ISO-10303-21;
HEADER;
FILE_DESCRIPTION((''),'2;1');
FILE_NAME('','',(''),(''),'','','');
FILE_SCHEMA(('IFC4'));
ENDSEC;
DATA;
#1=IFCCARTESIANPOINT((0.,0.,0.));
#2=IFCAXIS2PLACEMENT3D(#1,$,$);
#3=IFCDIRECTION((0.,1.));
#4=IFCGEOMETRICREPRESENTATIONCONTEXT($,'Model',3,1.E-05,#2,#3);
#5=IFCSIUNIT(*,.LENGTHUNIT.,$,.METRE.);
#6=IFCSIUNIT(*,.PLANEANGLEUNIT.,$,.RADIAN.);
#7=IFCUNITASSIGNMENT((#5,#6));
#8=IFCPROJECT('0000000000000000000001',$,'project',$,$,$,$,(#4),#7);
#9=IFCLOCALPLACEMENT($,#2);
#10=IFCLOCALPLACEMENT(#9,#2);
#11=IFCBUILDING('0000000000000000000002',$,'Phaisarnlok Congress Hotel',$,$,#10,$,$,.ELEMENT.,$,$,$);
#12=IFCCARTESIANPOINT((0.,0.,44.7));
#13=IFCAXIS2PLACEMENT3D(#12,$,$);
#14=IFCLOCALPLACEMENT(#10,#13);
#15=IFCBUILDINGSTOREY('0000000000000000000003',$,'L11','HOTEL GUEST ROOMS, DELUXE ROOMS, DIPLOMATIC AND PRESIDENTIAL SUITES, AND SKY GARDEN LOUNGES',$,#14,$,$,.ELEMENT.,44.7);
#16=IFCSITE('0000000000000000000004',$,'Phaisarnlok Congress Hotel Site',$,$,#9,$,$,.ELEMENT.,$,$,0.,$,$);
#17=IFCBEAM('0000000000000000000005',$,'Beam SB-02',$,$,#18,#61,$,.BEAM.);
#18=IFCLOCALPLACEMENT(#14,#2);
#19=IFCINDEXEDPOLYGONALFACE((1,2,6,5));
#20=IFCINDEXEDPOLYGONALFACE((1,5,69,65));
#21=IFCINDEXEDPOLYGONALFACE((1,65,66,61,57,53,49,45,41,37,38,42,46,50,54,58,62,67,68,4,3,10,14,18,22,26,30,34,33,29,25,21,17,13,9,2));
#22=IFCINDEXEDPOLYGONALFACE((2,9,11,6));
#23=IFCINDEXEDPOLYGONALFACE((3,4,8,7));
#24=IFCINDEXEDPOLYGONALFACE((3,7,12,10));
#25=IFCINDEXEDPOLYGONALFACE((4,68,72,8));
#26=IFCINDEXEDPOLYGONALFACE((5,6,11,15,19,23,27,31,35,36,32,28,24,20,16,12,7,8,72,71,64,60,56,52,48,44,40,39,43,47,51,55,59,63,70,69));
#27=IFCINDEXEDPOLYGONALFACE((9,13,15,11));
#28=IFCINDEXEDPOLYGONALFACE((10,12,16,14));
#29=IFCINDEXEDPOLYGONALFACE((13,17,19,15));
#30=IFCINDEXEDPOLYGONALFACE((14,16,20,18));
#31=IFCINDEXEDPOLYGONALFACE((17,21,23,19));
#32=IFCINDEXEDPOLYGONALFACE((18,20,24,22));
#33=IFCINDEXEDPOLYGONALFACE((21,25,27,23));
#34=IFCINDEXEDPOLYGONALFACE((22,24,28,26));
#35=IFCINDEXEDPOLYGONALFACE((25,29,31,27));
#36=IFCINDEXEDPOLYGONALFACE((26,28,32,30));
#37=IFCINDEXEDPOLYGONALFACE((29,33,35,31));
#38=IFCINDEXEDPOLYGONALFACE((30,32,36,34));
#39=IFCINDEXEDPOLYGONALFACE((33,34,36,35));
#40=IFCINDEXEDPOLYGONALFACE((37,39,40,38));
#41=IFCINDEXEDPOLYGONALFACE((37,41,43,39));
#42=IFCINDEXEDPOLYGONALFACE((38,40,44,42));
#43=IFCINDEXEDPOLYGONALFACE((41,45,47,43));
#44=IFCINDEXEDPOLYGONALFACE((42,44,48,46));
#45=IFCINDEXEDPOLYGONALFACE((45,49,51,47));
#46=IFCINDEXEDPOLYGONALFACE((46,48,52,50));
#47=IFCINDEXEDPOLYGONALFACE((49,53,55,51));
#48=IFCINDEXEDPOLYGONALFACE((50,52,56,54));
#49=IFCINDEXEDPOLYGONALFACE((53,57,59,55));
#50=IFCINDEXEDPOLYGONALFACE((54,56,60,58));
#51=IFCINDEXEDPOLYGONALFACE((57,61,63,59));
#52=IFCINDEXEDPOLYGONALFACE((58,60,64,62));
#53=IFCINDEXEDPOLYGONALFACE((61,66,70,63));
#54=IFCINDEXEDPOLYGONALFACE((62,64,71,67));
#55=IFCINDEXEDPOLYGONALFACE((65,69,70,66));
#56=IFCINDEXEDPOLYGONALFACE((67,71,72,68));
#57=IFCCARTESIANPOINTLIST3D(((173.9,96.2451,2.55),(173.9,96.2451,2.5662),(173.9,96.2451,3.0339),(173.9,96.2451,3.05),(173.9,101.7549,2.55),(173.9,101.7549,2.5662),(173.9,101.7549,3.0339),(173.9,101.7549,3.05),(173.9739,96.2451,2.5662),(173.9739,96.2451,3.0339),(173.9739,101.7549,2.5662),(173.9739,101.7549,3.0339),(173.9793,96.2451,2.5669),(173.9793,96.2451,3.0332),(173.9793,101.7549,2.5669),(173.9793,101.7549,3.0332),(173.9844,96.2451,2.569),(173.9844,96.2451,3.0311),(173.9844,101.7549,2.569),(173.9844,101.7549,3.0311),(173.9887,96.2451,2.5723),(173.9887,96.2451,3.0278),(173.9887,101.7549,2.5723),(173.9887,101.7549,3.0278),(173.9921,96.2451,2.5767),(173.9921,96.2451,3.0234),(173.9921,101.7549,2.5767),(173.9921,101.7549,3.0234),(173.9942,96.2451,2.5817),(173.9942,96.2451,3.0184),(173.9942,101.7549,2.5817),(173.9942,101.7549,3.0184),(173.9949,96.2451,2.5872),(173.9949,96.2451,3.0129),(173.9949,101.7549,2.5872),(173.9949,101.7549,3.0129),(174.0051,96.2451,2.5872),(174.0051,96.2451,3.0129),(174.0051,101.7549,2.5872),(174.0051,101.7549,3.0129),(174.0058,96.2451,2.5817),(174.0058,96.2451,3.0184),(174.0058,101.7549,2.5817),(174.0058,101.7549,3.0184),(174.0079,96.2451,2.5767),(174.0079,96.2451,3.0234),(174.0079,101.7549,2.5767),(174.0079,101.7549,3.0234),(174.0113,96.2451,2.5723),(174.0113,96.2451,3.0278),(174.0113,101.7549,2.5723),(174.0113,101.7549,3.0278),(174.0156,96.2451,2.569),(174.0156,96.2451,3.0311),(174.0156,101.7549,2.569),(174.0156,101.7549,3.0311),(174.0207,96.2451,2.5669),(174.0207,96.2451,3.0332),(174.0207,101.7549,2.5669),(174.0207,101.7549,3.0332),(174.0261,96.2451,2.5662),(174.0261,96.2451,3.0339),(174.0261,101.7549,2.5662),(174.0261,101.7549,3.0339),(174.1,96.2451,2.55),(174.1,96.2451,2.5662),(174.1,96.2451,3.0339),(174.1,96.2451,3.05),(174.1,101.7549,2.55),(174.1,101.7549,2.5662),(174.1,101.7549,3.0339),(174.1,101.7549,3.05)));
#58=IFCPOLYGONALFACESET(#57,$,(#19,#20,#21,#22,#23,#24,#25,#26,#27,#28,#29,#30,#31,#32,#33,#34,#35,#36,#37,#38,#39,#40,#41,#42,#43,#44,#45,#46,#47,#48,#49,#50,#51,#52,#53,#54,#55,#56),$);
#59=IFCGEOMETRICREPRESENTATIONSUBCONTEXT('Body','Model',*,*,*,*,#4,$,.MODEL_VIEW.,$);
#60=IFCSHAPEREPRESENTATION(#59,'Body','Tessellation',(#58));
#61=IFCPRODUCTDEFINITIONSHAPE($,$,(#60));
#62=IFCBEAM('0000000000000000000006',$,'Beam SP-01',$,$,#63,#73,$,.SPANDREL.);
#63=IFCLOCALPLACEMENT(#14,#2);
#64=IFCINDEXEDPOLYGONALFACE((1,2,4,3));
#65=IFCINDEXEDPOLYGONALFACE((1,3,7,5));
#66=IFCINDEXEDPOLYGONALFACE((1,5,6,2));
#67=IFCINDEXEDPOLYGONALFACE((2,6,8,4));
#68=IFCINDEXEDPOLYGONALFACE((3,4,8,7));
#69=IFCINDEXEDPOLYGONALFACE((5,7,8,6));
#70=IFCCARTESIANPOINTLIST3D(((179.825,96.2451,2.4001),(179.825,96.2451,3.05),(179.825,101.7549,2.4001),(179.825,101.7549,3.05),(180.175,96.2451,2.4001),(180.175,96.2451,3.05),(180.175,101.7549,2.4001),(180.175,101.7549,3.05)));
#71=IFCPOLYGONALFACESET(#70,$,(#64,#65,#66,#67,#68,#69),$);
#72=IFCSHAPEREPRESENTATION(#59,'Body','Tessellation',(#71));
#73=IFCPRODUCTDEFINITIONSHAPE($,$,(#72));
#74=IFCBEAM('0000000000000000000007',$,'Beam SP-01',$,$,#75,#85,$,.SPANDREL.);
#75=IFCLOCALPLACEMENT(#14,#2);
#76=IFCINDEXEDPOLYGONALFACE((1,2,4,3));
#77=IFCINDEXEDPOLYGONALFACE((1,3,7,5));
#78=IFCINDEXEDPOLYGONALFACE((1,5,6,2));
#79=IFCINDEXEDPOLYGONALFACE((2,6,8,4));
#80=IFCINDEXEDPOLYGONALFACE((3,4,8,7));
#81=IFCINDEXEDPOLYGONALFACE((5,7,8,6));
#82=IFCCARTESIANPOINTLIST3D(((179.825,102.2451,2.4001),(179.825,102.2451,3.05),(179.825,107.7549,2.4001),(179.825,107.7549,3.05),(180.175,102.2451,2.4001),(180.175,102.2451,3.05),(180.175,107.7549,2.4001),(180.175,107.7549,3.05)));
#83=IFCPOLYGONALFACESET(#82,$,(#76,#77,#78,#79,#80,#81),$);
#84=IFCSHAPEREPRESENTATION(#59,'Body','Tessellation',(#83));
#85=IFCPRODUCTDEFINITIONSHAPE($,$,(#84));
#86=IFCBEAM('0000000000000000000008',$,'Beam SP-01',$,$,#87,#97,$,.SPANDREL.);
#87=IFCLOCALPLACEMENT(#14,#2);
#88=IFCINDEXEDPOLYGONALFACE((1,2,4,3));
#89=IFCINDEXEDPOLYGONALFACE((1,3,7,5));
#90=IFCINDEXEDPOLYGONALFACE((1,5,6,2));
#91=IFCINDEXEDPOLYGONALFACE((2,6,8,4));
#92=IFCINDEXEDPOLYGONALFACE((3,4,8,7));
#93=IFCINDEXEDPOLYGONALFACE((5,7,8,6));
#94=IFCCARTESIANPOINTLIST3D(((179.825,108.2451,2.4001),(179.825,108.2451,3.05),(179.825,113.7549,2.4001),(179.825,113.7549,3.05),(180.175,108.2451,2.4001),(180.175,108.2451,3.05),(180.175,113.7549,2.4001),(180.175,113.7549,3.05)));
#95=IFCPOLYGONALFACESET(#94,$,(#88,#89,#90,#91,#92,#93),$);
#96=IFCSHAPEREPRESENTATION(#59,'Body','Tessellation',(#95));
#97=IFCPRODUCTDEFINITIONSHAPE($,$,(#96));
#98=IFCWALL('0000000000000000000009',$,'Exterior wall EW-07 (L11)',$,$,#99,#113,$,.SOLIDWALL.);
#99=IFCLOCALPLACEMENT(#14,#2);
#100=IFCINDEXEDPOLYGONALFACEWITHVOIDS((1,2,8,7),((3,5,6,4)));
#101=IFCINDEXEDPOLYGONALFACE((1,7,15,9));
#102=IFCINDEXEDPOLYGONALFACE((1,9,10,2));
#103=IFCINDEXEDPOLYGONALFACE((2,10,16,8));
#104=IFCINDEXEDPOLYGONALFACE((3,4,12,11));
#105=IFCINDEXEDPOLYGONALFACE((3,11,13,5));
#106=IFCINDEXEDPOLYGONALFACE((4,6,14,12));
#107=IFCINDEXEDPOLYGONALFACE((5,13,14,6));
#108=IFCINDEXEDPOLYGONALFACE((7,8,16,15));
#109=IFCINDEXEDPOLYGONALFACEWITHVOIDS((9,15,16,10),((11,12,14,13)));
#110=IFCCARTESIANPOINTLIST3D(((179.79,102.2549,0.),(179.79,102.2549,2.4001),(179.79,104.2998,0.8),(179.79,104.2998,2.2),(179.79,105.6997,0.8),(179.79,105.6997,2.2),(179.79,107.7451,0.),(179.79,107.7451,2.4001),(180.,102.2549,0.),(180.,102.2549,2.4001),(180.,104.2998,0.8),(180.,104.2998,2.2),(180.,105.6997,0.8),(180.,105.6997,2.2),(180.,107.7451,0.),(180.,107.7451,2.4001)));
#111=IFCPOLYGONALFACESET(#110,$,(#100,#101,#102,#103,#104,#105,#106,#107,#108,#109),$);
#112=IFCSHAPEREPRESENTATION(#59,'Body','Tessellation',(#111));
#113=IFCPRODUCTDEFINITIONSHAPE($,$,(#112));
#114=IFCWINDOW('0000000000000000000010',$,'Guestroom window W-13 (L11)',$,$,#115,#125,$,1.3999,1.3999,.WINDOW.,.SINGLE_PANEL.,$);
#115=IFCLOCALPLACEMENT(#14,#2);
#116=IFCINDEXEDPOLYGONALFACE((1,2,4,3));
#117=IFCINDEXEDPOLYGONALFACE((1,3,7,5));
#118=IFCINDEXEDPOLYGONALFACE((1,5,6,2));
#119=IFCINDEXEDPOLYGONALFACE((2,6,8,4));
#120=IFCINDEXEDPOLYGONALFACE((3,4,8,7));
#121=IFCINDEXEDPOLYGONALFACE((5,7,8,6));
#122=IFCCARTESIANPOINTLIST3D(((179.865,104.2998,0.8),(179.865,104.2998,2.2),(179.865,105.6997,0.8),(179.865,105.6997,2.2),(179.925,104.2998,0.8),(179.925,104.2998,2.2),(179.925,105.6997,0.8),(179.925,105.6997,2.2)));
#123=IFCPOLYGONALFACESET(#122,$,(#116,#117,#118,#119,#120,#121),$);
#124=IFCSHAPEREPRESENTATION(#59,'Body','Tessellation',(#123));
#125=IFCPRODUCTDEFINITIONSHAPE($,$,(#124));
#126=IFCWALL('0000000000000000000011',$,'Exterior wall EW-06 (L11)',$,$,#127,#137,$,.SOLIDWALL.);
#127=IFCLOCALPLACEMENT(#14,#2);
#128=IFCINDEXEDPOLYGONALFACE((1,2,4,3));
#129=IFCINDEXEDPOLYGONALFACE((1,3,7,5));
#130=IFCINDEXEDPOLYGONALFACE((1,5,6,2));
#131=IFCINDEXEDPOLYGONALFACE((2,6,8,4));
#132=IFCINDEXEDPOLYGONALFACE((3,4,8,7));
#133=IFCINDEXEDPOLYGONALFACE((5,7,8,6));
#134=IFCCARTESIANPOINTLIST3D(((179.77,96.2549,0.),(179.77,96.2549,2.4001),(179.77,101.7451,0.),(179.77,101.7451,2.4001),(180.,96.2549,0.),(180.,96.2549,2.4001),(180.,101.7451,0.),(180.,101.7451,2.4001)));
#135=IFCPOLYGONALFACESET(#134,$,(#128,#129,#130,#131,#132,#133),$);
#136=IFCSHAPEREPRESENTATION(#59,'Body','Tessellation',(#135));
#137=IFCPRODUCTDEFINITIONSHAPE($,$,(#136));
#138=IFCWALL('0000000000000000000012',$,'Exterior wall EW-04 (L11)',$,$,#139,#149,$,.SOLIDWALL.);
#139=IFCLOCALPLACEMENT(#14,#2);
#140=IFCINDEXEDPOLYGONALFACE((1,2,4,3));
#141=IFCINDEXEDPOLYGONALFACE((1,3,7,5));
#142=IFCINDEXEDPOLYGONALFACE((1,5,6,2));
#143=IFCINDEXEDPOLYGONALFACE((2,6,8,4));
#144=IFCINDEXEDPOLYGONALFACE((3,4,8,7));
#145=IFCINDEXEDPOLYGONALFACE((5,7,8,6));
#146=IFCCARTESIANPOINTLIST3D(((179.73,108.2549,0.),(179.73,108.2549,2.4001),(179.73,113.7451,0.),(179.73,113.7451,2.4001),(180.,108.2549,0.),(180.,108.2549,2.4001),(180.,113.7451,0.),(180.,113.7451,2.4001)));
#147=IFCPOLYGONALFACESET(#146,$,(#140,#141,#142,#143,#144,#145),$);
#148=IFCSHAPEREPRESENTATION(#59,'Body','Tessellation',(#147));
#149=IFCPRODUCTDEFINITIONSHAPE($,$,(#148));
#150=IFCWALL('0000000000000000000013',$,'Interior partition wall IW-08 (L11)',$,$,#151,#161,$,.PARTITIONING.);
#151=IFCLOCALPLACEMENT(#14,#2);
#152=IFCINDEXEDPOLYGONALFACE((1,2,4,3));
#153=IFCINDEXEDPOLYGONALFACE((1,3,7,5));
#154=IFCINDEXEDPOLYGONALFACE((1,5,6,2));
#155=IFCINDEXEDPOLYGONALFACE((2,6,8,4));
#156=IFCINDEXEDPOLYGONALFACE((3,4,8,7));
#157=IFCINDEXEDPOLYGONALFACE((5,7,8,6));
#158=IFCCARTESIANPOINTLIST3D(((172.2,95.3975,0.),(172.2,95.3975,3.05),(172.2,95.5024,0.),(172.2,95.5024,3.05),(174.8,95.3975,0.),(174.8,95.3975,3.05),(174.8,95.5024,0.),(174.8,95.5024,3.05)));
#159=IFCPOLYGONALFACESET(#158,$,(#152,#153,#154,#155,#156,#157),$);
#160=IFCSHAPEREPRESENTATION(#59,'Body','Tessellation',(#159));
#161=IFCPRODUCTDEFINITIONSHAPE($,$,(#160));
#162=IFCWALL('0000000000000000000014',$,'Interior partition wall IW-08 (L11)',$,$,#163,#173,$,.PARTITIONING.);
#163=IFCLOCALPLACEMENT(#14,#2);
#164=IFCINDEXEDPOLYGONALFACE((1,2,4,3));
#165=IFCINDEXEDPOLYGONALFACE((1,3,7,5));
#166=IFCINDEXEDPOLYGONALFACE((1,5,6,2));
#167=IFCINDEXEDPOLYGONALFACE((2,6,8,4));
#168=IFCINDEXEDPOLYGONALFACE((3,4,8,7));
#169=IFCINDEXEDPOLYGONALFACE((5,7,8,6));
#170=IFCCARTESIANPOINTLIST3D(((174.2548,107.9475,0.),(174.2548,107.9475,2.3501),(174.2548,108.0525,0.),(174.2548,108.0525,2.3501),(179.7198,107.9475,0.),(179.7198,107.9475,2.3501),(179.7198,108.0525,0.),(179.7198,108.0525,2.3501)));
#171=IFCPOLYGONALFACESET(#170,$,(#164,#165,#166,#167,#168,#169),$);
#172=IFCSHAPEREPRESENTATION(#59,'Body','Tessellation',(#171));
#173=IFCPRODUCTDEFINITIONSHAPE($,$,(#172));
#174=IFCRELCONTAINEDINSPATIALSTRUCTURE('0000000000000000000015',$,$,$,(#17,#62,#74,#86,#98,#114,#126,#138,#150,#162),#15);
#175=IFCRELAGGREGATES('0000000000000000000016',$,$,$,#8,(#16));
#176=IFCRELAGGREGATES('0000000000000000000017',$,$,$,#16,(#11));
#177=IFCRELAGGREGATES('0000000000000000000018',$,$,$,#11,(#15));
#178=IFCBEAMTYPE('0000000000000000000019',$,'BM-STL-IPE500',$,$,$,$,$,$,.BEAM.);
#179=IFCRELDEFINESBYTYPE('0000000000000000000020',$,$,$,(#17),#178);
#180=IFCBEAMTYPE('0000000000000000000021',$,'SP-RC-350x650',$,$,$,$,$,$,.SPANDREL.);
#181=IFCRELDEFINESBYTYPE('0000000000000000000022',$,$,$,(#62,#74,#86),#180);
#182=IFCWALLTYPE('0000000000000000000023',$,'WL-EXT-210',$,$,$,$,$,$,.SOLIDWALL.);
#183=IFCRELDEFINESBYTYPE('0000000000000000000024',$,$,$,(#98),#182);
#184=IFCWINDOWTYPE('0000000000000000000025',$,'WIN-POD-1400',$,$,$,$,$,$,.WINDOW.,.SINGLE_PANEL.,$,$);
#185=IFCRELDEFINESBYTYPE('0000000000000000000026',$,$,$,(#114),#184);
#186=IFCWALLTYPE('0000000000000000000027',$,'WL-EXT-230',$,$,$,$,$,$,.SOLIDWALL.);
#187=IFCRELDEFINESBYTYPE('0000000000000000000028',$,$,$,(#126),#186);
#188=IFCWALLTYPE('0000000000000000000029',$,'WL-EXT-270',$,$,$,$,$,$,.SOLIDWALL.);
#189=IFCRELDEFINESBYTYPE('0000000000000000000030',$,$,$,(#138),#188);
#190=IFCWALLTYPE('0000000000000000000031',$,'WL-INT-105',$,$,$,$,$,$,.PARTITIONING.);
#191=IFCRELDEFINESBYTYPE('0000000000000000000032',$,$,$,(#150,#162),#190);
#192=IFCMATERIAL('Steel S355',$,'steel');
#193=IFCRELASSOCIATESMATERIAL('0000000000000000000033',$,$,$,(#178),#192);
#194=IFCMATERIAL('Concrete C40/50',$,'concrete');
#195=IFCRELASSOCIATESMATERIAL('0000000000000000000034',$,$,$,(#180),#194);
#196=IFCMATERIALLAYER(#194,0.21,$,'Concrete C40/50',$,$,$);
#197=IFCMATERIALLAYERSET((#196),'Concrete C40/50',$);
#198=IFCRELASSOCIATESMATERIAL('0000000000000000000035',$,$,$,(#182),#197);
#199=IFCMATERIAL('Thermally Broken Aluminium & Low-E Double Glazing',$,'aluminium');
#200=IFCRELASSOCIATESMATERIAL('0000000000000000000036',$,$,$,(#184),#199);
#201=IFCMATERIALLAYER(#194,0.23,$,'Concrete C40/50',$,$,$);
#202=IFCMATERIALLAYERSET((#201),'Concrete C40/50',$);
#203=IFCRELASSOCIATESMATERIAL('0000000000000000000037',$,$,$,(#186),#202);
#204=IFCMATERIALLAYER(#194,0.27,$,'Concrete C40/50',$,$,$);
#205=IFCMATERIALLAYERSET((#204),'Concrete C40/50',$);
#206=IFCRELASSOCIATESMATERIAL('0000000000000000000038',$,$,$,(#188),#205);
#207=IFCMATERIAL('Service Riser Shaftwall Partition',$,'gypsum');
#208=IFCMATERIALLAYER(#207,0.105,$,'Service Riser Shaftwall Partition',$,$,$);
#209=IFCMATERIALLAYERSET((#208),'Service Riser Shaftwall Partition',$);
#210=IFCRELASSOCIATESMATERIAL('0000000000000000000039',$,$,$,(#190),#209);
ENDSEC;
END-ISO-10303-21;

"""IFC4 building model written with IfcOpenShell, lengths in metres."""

from ifc_helpers import new_model, si_unit, direction, frame, frame_2d, origin, origin_2d, place, context, subcontext, project, spatial, rectangle, i_section, extrude, material, layer, layer_set, material_profile, profile_set, type_object, element, fill, save


model = new_model("IFC4")

# Units and contexts
model_context = context("Model", 3, precision=1e-05, world=origin(), true_north=direction((0.0, 1.0)))
body_context = subcontext(model_context, "Body", "Model", "MODEL_VIEW")
ifc_project = project(units=[si_unit("LENGTHUNIT", "METRE"), si_unit("PLANEANGLEUNIT", "RADIAN")], contexts=[model_context])

# Site, building, storey
site_placement = place(None, origin())
site = spatial("IfcSite", under=ifc_project, at=site_placement, Name="Phaisarnlok Congress Hotel Site", CompositionType="ELEMENT", RefElevation=0.0)
building_placement = place(site_placement, origin())
building = spatial("IfcBuilding", under=site, at=building_placement, Name="Phaisarnlok Congress Hotel", CompositionType="ELEMENT")
storey_placement = place(building_placement, frame((0.0, 0.0, 44.7)))
storey = spatial("IfcBuildingStorey", under=building, at=storey_placement, Name="L11", Description="HOTEL GUEST ROOMS, DELUXE ROOMS, DIPLOMATIC AND PRESIDENTIAL SUITES, AND SKY GARDEN LOUNGES", CompositionType="ELEMENT", Elevation=44.7)

# Beams
ifc_material_1 = material(Name="Concrete C40/50", Category="concrete")
ifc_material_2 = material(Name="Steel S355", Category="steel")
ifc_material_profile_1 = material_profile(ifc_material_2, i_section(OverallWidth=0.2, OverallDepth=0.5, WebThickness=0.0103, FlangeThickness=0.0161, FilletRadius=0.021, at=origin_2d()), Name="IPE 500")
ifc_profile_set_1 = profile_set([ifc_material_profile_1], Name="Steel S355")
beam_type_1 = type_object("IfcBeamType", Name="BM-STL-IPE500", PredefinedType="BEAM", material=ifc_profile_set_1)
beam_1_placement = place(storey_placement, frame((174.0, 96.2451, 2.8), z_axis=(0.0, 1.0, 0.0), x_axis=(-1.0, 0.0, 0.0)))
element("IfcBeam", 1, at=beam_1_placement, inside=storey, type_object=beam_type_1, Name="Beam SB-02", PredefinedType="BEAM", context=body_context, shape_type="SweptSolid", body=[
    extrude(i_section(OverallWidth=0.2, OverallDepth=0.5, WebThickness=0.0103, FlangeThickness=0.0161, FilletRadius=0.021, at=origin_2d()), origin(), (0.0, 0.0, 1.0), 5.5098),
])
ifc_material_profile_2 = material_profile(ifc_material_1, rectangle(XDim=0.3501, YDim=0.6499, at=origin_2d()), Name="RC 350x650")
ifc_profile_set_2 = profile_set([ifc_material_profile_2], Name="Concrete C40/50")
beam_type_2 = type_object("IfcBeamType", Name="SP-RC-350x650", PredefinedType="SPANDREL", material=ifc_profile_set_2)
for number, where, z_axis, x_axis, name in (
    (2, (180.0, 96.2451, 2.7251), (0.0, 1.0, 0.0), (-1.0, 0.0, 0.0), "Beam SP-01"),
    (3, (180.0, 102.2451, 2.7251), (0.0, 1.0, 0.0), (-1.0, 0.0, 0.0), "Beam SP-01"),
    (4, (180.0, 108.2451, 2.7251), (0.0, 1.0, 0.0), (-1.0, 0.0, 0.0), "Beam SP-01"),
):
    element("IfcBeam", number, at=place(storey_placement, frame(where, z_axis=z_axis, x_axis=x_axis)), inside=storey, type_object=beam_type_2, Name=name, PredefinedType="SPANDREL", context=body_context, shape_type="SweptSolid", body=[
        extrude(rectangle(XDim=0.3501, YDim=0.6499, at=origin_2d()), origin(), (0.0, 0.0, 1.0), 5.5098),
    ])

# Wall, opening, window
ifc_layer_1 = layer(ifc_material_1, 0.21, Name="Concrete C40/50")
ifc_layer_set_1 = layer_set([ifc_layer_1], Name="Concrete C40/50")
wall_type_1 = type_object("IfcWallType", Name="WL-EXT-210", PredefinedType="SOLIDWALL", material=ifc_layer_set_1)
wall_1_placement = place(storey_placement, frame((179.895, 102.2549, 0.0), z_axis=(0.0, 0.0, 1.0), x_axis=(0.0, 1.0, 0.0)))
wall_1 = element("IfcWall", 5, at=wall_1_placement, inside=storey, type_object=wall_type_1, Name="Exterior wall EW-07 (L11)", PredefinedType="SOLIDWALL", context=body_context, shape_type="SweptSolid", body=[
    extrude(rectangle(XDim=5.4902, YDim=0.21, at=frame_2d((2.7451, 0.0))), origin(), (0.0, 0.0, 1.0), 2.4001),
])
opening_1_placement = place(wall_1_placement, frame((2.0449, 0.0, 0.8)))
opening_1 = element("IfcOpeningElement", 6, at=opening_1_placement, cuts=wall_1, PredefinedType="OPENING", context=body_context, shape_type="SweptSolid", body=[
    extrude(rectangle(XDim=1.3999, YDim=1.3999, at=frame_2d((0.7, 0.7))), frame((0.0, 0.115, 0.0), z_axis=(0.0, -1.0, 0.0), x_axis=(1.0, 0.0, 0.0)), (0.0, 0.0, 1.0), 0.23),
])
ifc_material_3 = material(Name="Thermally Broken Aluminium & Low-E Double Glazing", Category="aluminium")
window_type = type_object("IfcWindowType", Name="WIN-POD-1400", PartitioningType="SINGLE_PANEL", PredefinedType="WINDOW", material=ifc_material_3)
window_placement = place(opening_1_placement, origin())
window = element("IfcWindow", 7, at=window_placement, inside=storey, type_object=window_type, Name="Guestroom window W-13 (L11)", OverallHeight=1.3999, OverallWidth=1.3999, PartitioningType="SINGLE_PANEL", PredefinedType="WINDOW", context=body_context, shape_type="SweptSolid", body=[
    extrude(rectangle(XDim=1.3999, YDim=1.3999, at=frame_2d((0.7, 0.7))), frame((0.0, 0.03, 0.0), z_axis=(0.0, -1.0, 0.0), x_axis=(1.0, 0.0, 0.0)), (0.0, 0.0, 1.0), 0.0601),
])
fill(opening_1, window)

# Walls
ifc_layer_2 = layer(ifc_material_1, 0.23, Name="Concrete C40/50")
ifc_layer_set_2 = layer_set([ifc_layer_2], Name="Concrete C40/50")
wall_type_2 = type_object("IfcWallType", Name="WL-EXT-230", PredefinedType="SOLIDWALL", material=ifc_layer_set_2)
wall_2_placement = place(storey_placement, frame((179.885, 96.2549, 0.0), z_axis=(0.0, 0.0, 1.0), x_axis=(0.0, 1.0, 0.0)))
element("IfcWall", 8, at=wall_2_placement, inside=storey, type_object=wall_type_2, Name="Exterior wall EW-06 (L11)", PredefinedType="SOLIDWALL", context=body_context, shape_type="SweptSolid", body=[
    extrude(rectangle(XDim=5.4902, YDim=0.23, at=frame_2d((2.7451, 0.0))), origin(), (0.0, 0.0, 1.0), 2.4001),
])
ifc_layer_3 = layer(ifc_material_1, 0.27, Name="Concrete C40/50")
ifc_layer_set_3 = layer_set([ifc_layer_3], Name="Concrete C40/50")
wall_type_3 = type_object("IfcWallType", Name="WL-EXT-270", PredefinedType="SOLIDWALL", material=ifc_layer_set_3)
wall_3_placement = place(storey_placement, frame((179.865, 108.2549, 0.0), z_axis=(0.0, 0.0, 1.0), x_axis=(0.0, 1.0, 0.0)))
element("IfcWall", 9, at=wall_3_placement, inside=storey, type_object=wall_type_3, Name="Exterior wall EW-04 (L11)", PredefinedType="SOLIDWALL", context=body_context, shape_type="SweptSolid", body=[
    extrude(rectangle(XDim=5.4902, YDim=0.27, at=frame_2d((2.7451, 0.0))), origin(), (0.0, 0.0, 1.0), 2.4001),
])
ifc_material_4 = material(Name="Service Riser Shaftwall Partition", Category="gypsum")
ifc_layer_4 = layer(ifc_material_4, 0.105, Name="Service Riser Shaftwall Partition")
ifc_layer_set_4 = layer_set([ifc_layer_4], Name="Service Riser Shaftwall Partition")
wall_type_4 = type_object("IfcWallType", Name="WL-INT-105", PredefinedType="PARTITIONING", material=ifc_layer_set_4)
wall_4_placement = place(storey_placement, frame((172.2, 95.45, 0.0), z_axis=(0.0, 0.0, 1.0), x_axis=(1.0, 0.0, 0.0)))
element("IfcWall", 10, at=wall_4_placement, inside=storey, type_object=wall_type_4, Name="Interior partition wall IW-08 (L11)", PredefinedType="PARTITIONING", context=body_context, shape_type="SweptSolid", body=[
    extrude(rectangle(XDim=2.6001, YDim=0.105, at=frame_2d((1.3, 0.0))), origin(), (0.0, 0.0, 1.0), 3.05),
])
wall_5_placement = place(storey_placement, frame((174.2549, 108.0, 0.0), z_axis=(0.0, 0.0, 1.0), x_axis=(1.0, 0.0, 0.0)))
element("IfcWall", 11, at=wall_5_placement, inside=storey, type_object=wall_type_4, Name="Interior partition wall IW-08 (L11)", PredefinedType="PARTITIONING", context=body_context, shape_type="SweptSolid", body=[
    extrude(rectangle(XDim=5.4651, YDim=0.105, at=frame_2d((2.7324, 0.0))), origin(), (0.0, 0.0, 1.0), 2.3501),
])

save(model, "model.ifc")
